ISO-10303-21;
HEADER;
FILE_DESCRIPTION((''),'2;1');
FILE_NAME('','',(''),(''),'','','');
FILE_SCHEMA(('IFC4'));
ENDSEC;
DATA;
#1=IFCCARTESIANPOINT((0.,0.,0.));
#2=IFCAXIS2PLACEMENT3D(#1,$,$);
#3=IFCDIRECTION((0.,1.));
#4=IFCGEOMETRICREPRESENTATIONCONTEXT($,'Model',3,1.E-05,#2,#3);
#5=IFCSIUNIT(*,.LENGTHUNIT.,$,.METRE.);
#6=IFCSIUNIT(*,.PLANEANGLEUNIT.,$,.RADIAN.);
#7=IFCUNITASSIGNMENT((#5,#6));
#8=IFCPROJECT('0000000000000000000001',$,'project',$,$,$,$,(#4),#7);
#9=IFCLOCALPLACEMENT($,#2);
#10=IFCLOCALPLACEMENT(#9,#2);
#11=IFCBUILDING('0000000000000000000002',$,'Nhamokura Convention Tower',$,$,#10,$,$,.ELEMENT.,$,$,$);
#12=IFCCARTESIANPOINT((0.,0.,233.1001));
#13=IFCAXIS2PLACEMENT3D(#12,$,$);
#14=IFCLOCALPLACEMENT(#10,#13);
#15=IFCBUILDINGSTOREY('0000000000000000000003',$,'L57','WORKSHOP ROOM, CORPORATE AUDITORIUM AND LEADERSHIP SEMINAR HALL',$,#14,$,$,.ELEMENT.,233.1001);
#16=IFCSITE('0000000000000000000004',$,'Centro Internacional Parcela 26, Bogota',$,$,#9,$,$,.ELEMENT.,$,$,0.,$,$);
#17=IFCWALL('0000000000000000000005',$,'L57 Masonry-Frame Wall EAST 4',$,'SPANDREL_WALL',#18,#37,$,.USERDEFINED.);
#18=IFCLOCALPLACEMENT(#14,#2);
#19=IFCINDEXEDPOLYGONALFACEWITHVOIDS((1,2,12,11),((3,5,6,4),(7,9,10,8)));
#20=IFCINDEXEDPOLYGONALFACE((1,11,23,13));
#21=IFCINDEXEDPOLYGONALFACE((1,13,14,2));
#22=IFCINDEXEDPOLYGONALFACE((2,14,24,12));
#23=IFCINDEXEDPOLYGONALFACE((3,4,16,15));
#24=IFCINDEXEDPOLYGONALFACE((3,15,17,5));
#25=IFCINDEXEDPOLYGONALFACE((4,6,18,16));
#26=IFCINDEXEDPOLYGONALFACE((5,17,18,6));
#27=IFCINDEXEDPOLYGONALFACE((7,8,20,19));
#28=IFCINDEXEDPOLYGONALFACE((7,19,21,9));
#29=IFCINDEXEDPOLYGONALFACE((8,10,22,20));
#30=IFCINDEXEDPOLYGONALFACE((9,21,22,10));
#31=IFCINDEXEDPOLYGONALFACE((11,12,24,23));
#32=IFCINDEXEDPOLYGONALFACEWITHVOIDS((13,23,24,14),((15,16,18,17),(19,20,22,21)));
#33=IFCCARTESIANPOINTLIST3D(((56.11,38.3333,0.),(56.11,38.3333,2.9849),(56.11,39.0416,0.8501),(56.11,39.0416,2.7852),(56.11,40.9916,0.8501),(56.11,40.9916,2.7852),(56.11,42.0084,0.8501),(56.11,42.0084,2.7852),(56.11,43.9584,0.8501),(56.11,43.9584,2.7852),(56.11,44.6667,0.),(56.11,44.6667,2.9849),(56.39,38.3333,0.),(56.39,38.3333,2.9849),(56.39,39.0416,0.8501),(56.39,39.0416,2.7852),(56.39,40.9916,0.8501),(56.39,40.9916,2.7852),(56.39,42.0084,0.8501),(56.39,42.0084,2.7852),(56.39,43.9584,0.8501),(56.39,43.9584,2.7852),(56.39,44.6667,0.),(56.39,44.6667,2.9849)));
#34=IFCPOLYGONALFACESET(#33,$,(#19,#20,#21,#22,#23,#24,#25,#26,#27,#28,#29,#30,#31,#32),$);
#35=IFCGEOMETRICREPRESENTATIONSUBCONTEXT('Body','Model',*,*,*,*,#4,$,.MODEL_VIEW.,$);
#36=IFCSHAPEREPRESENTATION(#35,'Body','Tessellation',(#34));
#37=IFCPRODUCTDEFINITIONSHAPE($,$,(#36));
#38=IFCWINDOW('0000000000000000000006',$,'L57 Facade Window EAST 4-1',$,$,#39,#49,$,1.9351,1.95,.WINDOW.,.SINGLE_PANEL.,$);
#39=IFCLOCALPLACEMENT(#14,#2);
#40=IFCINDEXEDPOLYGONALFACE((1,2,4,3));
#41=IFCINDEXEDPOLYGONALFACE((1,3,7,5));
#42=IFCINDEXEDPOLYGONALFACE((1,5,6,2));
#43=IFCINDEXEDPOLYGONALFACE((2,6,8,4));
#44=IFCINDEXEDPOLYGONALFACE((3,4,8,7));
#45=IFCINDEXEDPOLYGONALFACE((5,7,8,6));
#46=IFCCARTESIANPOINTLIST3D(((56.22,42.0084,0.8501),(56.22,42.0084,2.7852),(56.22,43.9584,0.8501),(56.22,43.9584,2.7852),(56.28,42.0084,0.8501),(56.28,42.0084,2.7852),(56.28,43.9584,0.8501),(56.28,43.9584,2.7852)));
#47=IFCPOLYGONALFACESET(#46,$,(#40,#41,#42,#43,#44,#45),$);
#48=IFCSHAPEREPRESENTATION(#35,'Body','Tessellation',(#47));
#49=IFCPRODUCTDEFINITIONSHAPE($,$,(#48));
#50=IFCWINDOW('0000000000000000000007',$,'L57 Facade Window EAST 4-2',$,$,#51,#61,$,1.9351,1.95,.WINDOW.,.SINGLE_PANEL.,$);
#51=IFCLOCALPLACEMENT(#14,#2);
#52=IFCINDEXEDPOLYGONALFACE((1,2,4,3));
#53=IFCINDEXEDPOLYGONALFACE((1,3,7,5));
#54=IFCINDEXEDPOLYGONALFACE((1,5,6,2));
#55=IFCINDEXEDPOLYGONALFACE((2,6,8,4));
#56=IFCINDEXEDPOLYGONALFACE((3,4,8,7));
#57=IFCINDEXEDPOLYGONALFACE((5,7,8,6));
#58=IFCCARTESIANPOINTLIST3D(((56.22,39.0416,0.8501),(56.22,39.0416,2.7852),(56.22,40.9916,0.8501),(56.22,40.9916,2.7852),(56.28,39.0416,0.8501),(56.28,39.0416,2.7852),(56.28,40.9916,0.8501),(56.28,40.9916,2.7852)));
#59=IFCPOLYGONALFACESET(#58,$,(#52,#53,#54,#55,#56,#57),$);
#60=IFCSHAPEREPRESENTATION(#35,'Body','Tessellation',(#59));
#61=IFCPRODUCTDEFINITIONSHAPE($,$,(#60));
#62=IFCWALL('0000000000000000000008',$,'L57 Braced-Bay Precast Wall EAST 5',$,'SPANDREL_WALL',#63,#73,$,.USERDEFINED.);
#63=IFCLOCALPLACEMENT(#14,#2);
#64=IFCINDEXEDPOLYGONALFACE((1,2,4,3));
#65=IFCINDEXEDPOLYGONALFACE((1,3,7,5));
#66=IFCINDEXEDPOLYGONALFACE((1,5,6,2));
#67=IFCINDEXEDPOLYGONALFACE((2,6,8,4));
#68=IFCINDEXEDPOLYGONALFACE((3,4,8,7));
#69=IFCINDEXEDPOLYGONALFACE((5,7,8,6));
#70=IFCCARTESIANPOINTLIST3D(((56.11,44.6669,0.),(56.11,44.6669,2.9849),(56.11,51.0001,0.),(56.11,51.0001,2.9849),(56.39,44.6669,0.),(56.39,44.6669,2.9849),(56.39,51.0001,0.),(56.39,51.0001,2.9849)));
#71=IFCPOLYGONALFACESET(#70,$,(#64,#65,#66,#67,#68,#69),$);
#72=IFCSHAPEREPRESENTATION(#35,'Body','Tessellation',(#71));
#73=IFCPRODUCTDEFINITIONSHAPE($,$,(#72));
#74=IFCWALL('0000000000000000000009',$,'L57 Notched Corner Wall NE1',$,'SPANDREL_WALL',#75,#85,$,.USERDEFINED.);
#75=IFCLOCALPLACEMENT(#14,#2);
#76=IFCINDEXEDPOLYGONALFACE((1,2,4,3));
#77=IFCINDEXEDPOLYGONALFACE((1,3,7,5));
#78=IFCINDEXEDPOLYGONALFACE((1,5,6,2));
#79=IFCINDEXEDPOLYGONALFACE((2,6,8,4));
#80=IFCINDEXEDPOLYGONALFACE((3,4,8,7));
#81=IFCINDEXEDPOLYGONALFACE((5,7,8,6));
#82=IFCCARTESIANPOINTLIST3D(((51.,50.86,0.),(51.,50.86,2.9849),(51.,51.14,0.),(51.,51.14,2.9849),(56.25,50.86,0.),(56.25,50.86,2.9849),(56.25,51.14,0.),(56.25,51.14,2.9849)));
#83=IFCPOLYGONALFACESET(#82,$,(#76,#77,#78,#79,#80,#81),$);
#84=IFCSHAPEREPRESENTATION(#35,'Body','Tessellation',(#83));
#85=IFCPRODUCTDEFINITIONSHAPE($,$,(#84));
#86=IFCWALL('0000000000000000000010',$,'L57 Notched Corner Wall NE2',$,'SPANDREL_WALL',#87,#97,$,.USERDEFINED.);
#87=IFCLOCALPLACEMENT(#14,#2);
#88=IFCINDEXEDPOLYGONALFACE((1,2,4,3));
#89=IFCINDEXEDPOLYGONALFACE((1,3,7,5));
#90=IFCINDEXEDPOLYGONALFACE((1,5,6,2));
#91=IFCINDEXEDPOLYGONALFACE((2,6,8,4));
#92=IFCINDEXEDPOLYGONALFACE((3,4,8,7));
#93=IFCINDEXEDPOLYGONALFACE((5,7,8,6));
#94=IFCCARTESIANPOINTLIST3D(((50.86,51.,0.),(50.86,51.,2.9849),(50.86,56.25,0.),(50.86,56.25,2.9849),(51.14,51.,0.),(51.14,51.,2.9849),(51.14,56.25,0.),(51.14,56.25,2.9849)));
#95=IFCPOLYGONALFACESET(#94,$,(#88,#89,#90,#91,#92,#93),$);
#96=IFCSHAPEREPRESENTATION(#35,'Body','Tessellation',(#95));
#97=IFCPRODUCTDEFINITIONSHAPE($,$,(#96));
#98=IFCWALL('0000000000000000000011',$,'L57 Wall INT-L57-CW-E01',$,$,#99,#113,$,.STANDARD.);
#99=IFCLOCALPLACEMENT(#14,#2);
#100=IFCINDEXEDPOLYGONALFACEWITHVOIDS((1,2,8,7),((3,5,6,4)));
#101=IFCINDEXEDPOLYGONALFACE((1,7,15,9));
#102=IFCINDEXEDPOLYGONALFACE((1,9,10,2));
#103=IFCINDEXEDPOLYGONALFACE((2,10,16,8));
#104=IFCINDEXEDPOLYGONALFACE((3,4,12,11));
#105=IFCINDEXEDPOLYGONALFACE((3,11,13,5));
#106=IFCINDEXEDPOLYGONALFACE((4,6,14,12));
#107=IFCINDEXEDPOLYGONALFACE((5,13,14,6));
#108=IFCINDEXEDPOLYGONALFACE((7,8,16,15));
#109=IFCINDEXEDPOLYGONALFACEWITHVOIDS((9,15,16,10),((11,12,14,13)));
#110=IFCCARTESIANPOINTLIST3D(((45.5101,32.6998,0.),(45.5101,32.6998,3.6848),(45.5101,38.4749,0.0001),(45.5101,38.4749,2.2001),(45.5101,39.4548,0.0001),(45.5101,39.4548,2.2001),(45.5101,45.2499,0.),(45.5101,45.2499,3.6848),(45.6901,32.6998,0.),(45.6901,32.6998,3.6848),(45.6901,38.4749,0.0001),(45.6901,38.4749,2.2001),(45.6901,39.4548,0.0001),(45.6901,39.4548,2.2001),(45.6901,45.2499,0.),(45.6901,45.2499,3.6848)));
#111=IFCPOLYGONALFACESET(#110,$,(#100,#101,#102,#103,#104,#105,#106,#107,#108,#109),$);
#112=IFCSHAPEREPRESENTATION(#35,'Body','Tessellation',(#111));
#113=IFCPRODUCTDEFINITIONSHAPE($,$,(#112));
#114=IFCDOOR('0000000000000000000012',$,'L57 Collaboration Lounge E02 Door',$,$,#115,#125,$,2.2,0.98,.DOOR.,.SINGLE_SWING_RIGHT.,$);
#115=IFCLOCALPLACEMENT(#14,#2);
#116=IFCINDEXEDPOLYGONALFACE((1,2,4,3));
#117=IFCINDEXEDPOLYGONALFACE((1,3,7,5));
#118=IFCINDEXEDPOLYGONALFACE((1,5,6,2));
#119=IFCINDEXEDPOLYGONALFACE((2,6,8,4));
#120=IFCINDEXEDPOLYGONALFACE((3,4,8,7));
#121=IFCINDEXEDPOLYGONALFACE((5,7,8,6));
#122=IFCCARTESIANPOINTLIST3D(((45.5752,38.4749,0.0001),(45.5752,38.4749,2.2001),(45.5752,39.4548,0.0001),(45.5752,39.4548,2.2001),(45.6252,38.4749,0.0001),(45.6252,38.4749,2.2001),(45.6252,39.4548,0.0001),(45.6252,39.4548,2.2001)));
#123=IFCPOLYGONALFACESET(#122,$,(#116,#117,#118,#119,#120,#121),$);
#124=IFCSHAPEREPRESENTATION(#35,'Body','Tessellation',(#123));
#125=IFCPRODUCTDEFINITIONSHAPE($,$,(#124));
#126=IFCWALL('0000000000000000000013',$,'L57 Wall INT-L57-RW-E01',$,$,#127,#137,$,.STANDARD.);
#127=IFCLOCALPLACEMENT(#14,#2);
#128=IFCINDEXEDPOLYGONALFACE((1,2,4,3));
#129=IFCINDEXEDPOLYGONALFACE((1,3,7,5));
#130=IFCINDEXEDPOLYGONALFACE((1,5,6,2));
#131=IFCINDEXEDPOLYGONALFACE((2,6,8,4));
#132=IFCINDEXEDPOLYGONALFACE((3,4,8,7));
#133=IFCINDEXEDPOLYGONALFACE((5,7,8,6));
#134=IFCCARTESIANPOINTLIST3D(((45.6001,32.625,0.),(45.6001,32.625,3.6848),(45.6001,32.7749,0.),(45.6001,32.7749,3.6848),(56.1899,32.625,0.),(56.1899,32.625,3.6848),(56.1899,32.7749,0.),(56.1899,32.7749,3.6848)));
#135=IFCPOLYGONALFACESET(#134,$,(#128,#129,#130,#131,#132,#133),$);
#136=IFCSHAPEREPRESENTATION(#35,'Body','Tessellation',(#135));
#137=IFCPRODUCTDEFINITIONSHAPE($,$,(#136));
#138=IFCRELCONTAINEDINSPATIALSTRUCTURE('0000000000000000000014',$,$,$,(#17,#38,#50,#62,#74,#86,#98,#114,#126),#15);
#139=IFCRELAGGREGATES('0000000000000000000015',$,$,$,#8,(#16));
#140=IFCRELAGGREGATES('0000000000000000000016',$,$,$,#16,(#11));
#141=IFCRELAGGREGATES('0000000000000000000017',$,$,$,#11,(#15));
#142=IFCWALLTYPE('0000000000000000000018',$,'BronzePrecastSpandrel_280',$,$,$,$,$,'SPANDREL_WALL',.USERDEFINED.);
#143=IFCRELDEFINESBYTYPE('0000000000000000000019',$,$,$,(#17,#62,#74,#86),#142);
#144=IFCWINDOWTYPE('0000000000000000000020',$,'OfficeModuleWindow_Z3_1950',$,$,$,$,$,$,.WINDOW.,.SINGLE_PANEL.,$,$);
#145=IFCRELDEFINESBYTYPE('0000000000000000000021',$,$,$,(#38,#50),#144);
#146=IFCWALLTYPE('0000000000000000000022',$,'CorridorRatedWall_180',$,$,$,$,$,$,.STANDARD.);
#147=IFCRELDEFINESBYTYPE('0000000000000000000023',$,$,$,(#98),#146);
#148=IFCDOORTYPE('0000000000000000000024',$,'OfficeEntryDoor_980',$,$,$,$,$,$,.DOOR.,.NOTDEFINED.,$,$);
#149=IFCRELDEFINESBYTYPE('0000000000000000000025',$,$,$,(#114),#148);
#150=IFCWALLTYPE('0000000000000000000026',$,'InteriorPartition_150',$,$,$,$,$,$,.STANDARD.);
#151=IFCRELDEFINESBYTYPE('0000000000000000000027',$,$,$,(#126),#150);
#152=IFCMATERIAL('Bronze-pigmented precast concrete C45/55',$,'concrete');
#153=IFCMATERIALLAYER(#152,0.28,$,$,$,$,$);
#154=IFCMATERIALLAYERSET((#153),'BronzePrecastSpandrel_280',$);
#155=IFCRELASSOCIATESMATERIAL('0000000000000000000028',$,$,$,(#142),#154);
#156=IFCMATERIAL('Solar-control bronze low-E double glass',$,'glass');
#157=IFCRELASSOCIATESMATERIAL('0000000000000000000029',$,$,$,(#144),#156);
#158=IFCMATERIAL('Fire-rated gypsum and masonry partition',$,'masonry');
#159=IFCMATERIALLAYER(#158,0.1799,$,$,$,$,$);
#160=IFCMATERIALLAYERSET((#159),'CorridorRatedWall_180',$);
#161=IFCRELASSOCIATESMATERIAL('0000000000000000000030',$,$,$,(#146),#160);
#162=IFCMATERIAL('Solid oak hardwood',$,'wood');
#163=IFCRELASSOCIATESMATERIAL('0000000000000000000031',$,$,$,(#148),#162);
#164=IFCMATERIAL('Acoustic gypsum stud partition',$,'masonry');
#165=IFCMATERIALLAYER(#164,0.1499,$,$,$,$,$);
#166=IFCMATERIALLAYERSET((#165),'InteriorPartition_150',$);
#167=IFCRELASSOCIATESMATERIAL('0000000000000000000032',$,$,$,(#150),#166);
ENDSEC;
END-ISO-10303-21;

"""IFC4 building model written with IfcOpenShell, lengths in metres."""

from ifc_helpers import new_model, si_unit, direction, frame, frame_2d, origin, place, context, subcontext, project, spatial, rectangle, extrude, material, layer, layer_set, type_object, element, fill, save


model = new_model("IFC4")

# Units and contexts
model_context = context("Model", 3, precision=1e-05, world=origin(), true_north=direction((0.0, 1.0)))
body_context = subcontext(model_context, "Body", "Model", "MODEL_VIEW")
ifc_project = project(units=[si_unit("LENGTHUNIT", "METRE"), si_unit("PLANEANGLEUNIT", "RADIAN")], contexts=[model_context])

# Site, building, storey
site_placement = place(None, origin())
site = spatial("IfcSite", under=ifc_project, at=site_placement, Name="Centro Internacional Parcela 26, Bogota", CompositionType="ELEMENT", RefElevation=0.0)
building_placement = place(site_placement, origin())
building = spatial("IfcBuilding", under=site, at=building_placement, Name="Nhamokura Convention Tower", CompositionType="ELEMENT")
storey_placement = place(building_placement, frame((0.0, 0.0, 233.1001)))
storey = spatial("IfcBuildingStorey", under=building, at=storey_placement, Name="L57", Description="WORKSHOP ROOM, CORPORATE AUDITORIUM AND LEADERSHIP SEMINAR HALL", CompositionType="ELEMENT", Elevation=233.1001)

# Shared definitions
ifc_material_1 = material(Name="Bronze-pigmented precast concrete C45/55", Category="concrete")
ifc_layer_1 = layer(ifc_material_1, 0.28)
ifc_layer_set_1 = layer_set([ifc_layer_1], Name="BronzePrecastSpandrel_280")
wall_type_1 = type_object("IfcWallType", Name="BronzePrecastSpandrel_280", ElementType="SPANDREL_WALL", PredefinedType="USERDEFINED", material=ifc_layer_set_1)

# Wall, openings, windows
wall_1_placement = place(storey_placement, frame((56.25, 44.6667, 0.0), z_axis=(0.0, 0.0, 1.0), x_axis=(0.0, -1.0, 0.0)))
wall_1 = element("IfcWall", 1, at=wall_1_placement, inside=storey, type_object=wall_type_1, Name="L57 Masonry-Frame Wall EAST 4", ObjectType="SPANDREL_WALL", PredefinedType="USERDEFINED", context=body_context, shape_type="SweptSolid", body=[
    extrude(rectangle(XDim=6.3335, YDim=0.28, at=frame_2d((3.1667, 0.0))), origin(), (0.0, 0.0, 1.0), 2.9849),
])
opening_1_placement = place(wall_1_placement, frame((0.7083, 0.0, 0.8501)))
opening_1 = element("IfcOpeningElement", 2, at=opening_1_placement, cuts=wall_1, PredefinedType="OPENING", context=body_context, shape_type="SweptSolid", body=[
    extrude(rectangle(XDim=1.95, YDim=1.9351, at=frame_2d((0.9751, 0.9675))), frame((0.0, 0.1499, 0.0), z_axis=(0.0, -1.0, 0.0), x_axis=(1.0, 0.0, 0.0)), (0.0, 0.0, 1.0), 0.3),
])
opening_2_placement = place(wall_1_placement, frame((3.675, 0.0, 0.8501)))
opening_2 = element("IfcOpeningElement", 3, at=opening_2_placement, cuts=wall_1, PredefinedType="OPENING", context=body_context, shape_type="SweptSolid", body=[
    extrude(rectangle(XDim=1.95, YDim=1.9351, at=frame_2d((0.9751, 0.9675))), frame((0.0, 0.1499, 0.0), z_axis=(0.0, -1.0, 0.0), x_axis=(1.0, 0.0, 0.0)), (0.0, 0.0, 1.0), 0.3),
])
ifc_material_2 = material(Name="Solar-control bronze low-E double glass", Category="glass")
window_type_1 = type_object("IfcWindowType", Name="OfficeModuleWindow_Z3_1950", PartitioningType="SINGLE_PANEL", PredefinedType="WINDOW", material=ifc_material_2)
window_1_placement = place(opening_1_placement, origin())
window_1 = element("IfcWindow", 4, at=window_1_placement, inside=storey, type_object=window_type_1, Name="L57 Facade Window EAST 4-1", OverallHeight=1.9351, OverallWidth=1.95, PartitioningType="SINGLE_PANEL", PredefinedType="WINDOW", context=body_context, shape_type="SweptSolid", body=[
    extrude(rectangle(XDim=1.95, YDim=1.9351, at=frame_2d((0.9751, 0.9675))), frame((0.0, 0.03, 0.0), z_axis=(0.0, -1.0, 0.0), x_axis=(1.0, 0.0, 0.0)), (0.0, 0.0, 1.0), 0.0601),
])
fill(opening_1, window_1)
window_2_placement = place(opening_2_placement, origin())
window_2 = element("IfcWindow", 5, at=window_2_placement, inside=storey, type_object=window_type_1, Name="L57 Facade Window EAST 4-2", OverallHeight=1.9351, OverallWidth=1.95, PartitioningType="SINGLE_PANEL", PredefinedType="WINDOW", context=body_context, shape_type="SweptSolid", body=[
    extrude(rectangle(XDim=1.95, YDim=1.9351, at=frame_2d((0.9751, 0.9675))), frame((0.0, 0.03, 0.0), z_axis=(0.0, -1.0, 0.0), x_axis=(1.0, 0.0, 0.0)), (0.0, 0.0, 1.0), 0.0601),
])
fill(opening_2, window_2)

# Walls
wall_2_placement = place(storey_placement, frame((56.25, 51.0, 0.0), z_axis=(0.0, 0.0, 1.0), x_axis=(0.0, -1.0, 0.0)))
element("IfcWall", 6, at=wall_2_placement, inside=storey, type_object=wall_type_1, Name="L57 Braced-Bay Precast Wall EAST 5", ObjectType="SPANDREL_WALL", PredefinedType="USERDEFINED", context=body_context, shape_type="SweptSolid", body=[
    extrude(rectangle(XDim=6.3333, YDim=0.28, at=frame_2d((3.1665, 0.0))), origin(), (0.0, 0.0, 1.0), 2.9849),
])
for number, where, z_axis, x_axis, name in (
    (7, (51.0, 51.0, 0.0), (0.0, 0.0, 1.0), (1.0, 0.0, 0.0), "L57 Notched Corner Wall NE1"),
    (8, (51.0, 56.25, 0.0), (0.0, 0.0, 1.0), (0.0, -1.0, 0.0), "L57 Notched Corner Wall NE2"),
):
    element("IfcWall", number, at=place(storey_placement, frame(where, z_axis=z_axis, x_axis=x_axis)), inside=storey, type_object=wall_type_1, Name=name, ObjectType="SPANDREL_WALL", PredefinedType="USERDEFINED", context=body_context, shape_type="SweptSolid", body=[
        extrude(rectangle(XDim=5.25, YDim=0.28, at=frame_2d((2.625, 0.0))), origin(), (0.0, 0.0, 1.0), 2.9849),
    ])

# Wall, opening, door
ifc_material_3 = material(Name="Fire-rated gypsum and masonry partition", Category="masonry")
ifc_layer_2 = layer(ifc_material_3, 0.1799)
ifc_layer_set_2 = layer_set([ifc_layer_2], Name="CorridorRatedWall_180")
wall_type_2 = type_object("IfcWallType", Name="CorridorRatedWall_180", PredefinedType="STANDARD", material=ifc_layer_set_2)
wall_3_placement = place(storey_placement, frame((45.6001, 32.7, 0.0), z_axis=(0.0, 0.0, 1.0), x_axis=(0.0, 1.0, 0.0)))
wall_3 = element("IfcWall", 9, at=wall_3_placement, inside=storey, type_object=wall_type_2, Name="L57 Wall INT-L57-CW-E01", PredefinedType="STANDARD", context=body_context, shape_type="SweptSolid", body=[
    extrude(rectangle(XDim=12.55, YDim=0.1799, at=frame_2d((6.2749, 0.0))), origin(), (0.0, 0.0, 1.0), 3.6848),
])
opening_3_placement = place(wall_3_placement, frame((5.7749, 0.0, 0.0)))
opening_3 = element("IfcOpeningElement", 10, at=opening_3_placement, cuts=wall_3, PredefinedType="OPENING", context=body_context, shape_type="SweptSolid", body=[
    extrude(rectangle(XDim=0.98, YDim=2.2, at=frame_2d((0.49, 1.1001))), frame((0.0, 0.0999, 0.0), z_axis=(0.0, -1.0, 0.0), x_axis=(1.0, 0.0, 0.0)), (0.0, 0.0, 1.0), 0.2),
])
ifc_material_4 = material(Name="Solid oak hardwood", Category="wood")
door_type = type_object("IfcDoorType", Name="OfficeEntryDoor_980", OperationType="NOTDEFINED", PredefinedType="DOOR", material=ifc_material_4)
door_placement = place(opening_3_placement, origin())
door = element("IfcDoor", 11, at=door_placement, inside=storey, type_object=door_type, Name="L57 Collaboration Lounge E02 Door", OperationType="SINGLE_SWING_RIGHT", OverallHeight=2.2, OverallWidth=0.98, PredefinedType="DOOR", context=body_context, shape_type="SweptSolid", body=[
    extrude(rectangle(XDim=0.98, YDim=2.2, at=frame_2d((0.49, 1.1001))), frame((0.0, 0.0249, 0.0), z_axis=(0.0, -1.0, 0.0), x_axis=(1.0, 0.0, 0.0)), (0.0, 0.0, 1.0), 0.05),
])
fill(opening_3, door)

# Wall
ifc_material_5 = material(Name="Acoustic gypsum stud partition", Category="masonry")
ifc_layer_3 = layer(ifc_material_5, 0.1499)
ifc_layer_set_3 = layer_set([ifc_layer_3], Name="InteriorPartition_150")
wall_type_3 = type_object("IfcWallType", Name="InteriorPartition_150", PredefinedType="STANDARD", material=ifc_layer_set_3)
wall_4_placement = place(storey_placement, frame((45.6001, 32.7, 0.0), z_axis=(0.0, 0.0, 1.0), x_axis=(1.0, 0.0, 0.0)))
element("IfcWall", 12, at=wall_4_placement, inside=storey, type_object=wall_type_3, Name="L57 Wall INT-L57-RW-E01", PredefinedType="STANDARD", context=body_context, shape_type="SweptSolid", body=[
    extrude(rectangle(XDim=10.5898, YDim=0.1499, at=frame_2d((5.2949, 0.0))), origin(), (0.0, 0.0, 1.0), 3.6848),
])

save(model, "model.ifc")
